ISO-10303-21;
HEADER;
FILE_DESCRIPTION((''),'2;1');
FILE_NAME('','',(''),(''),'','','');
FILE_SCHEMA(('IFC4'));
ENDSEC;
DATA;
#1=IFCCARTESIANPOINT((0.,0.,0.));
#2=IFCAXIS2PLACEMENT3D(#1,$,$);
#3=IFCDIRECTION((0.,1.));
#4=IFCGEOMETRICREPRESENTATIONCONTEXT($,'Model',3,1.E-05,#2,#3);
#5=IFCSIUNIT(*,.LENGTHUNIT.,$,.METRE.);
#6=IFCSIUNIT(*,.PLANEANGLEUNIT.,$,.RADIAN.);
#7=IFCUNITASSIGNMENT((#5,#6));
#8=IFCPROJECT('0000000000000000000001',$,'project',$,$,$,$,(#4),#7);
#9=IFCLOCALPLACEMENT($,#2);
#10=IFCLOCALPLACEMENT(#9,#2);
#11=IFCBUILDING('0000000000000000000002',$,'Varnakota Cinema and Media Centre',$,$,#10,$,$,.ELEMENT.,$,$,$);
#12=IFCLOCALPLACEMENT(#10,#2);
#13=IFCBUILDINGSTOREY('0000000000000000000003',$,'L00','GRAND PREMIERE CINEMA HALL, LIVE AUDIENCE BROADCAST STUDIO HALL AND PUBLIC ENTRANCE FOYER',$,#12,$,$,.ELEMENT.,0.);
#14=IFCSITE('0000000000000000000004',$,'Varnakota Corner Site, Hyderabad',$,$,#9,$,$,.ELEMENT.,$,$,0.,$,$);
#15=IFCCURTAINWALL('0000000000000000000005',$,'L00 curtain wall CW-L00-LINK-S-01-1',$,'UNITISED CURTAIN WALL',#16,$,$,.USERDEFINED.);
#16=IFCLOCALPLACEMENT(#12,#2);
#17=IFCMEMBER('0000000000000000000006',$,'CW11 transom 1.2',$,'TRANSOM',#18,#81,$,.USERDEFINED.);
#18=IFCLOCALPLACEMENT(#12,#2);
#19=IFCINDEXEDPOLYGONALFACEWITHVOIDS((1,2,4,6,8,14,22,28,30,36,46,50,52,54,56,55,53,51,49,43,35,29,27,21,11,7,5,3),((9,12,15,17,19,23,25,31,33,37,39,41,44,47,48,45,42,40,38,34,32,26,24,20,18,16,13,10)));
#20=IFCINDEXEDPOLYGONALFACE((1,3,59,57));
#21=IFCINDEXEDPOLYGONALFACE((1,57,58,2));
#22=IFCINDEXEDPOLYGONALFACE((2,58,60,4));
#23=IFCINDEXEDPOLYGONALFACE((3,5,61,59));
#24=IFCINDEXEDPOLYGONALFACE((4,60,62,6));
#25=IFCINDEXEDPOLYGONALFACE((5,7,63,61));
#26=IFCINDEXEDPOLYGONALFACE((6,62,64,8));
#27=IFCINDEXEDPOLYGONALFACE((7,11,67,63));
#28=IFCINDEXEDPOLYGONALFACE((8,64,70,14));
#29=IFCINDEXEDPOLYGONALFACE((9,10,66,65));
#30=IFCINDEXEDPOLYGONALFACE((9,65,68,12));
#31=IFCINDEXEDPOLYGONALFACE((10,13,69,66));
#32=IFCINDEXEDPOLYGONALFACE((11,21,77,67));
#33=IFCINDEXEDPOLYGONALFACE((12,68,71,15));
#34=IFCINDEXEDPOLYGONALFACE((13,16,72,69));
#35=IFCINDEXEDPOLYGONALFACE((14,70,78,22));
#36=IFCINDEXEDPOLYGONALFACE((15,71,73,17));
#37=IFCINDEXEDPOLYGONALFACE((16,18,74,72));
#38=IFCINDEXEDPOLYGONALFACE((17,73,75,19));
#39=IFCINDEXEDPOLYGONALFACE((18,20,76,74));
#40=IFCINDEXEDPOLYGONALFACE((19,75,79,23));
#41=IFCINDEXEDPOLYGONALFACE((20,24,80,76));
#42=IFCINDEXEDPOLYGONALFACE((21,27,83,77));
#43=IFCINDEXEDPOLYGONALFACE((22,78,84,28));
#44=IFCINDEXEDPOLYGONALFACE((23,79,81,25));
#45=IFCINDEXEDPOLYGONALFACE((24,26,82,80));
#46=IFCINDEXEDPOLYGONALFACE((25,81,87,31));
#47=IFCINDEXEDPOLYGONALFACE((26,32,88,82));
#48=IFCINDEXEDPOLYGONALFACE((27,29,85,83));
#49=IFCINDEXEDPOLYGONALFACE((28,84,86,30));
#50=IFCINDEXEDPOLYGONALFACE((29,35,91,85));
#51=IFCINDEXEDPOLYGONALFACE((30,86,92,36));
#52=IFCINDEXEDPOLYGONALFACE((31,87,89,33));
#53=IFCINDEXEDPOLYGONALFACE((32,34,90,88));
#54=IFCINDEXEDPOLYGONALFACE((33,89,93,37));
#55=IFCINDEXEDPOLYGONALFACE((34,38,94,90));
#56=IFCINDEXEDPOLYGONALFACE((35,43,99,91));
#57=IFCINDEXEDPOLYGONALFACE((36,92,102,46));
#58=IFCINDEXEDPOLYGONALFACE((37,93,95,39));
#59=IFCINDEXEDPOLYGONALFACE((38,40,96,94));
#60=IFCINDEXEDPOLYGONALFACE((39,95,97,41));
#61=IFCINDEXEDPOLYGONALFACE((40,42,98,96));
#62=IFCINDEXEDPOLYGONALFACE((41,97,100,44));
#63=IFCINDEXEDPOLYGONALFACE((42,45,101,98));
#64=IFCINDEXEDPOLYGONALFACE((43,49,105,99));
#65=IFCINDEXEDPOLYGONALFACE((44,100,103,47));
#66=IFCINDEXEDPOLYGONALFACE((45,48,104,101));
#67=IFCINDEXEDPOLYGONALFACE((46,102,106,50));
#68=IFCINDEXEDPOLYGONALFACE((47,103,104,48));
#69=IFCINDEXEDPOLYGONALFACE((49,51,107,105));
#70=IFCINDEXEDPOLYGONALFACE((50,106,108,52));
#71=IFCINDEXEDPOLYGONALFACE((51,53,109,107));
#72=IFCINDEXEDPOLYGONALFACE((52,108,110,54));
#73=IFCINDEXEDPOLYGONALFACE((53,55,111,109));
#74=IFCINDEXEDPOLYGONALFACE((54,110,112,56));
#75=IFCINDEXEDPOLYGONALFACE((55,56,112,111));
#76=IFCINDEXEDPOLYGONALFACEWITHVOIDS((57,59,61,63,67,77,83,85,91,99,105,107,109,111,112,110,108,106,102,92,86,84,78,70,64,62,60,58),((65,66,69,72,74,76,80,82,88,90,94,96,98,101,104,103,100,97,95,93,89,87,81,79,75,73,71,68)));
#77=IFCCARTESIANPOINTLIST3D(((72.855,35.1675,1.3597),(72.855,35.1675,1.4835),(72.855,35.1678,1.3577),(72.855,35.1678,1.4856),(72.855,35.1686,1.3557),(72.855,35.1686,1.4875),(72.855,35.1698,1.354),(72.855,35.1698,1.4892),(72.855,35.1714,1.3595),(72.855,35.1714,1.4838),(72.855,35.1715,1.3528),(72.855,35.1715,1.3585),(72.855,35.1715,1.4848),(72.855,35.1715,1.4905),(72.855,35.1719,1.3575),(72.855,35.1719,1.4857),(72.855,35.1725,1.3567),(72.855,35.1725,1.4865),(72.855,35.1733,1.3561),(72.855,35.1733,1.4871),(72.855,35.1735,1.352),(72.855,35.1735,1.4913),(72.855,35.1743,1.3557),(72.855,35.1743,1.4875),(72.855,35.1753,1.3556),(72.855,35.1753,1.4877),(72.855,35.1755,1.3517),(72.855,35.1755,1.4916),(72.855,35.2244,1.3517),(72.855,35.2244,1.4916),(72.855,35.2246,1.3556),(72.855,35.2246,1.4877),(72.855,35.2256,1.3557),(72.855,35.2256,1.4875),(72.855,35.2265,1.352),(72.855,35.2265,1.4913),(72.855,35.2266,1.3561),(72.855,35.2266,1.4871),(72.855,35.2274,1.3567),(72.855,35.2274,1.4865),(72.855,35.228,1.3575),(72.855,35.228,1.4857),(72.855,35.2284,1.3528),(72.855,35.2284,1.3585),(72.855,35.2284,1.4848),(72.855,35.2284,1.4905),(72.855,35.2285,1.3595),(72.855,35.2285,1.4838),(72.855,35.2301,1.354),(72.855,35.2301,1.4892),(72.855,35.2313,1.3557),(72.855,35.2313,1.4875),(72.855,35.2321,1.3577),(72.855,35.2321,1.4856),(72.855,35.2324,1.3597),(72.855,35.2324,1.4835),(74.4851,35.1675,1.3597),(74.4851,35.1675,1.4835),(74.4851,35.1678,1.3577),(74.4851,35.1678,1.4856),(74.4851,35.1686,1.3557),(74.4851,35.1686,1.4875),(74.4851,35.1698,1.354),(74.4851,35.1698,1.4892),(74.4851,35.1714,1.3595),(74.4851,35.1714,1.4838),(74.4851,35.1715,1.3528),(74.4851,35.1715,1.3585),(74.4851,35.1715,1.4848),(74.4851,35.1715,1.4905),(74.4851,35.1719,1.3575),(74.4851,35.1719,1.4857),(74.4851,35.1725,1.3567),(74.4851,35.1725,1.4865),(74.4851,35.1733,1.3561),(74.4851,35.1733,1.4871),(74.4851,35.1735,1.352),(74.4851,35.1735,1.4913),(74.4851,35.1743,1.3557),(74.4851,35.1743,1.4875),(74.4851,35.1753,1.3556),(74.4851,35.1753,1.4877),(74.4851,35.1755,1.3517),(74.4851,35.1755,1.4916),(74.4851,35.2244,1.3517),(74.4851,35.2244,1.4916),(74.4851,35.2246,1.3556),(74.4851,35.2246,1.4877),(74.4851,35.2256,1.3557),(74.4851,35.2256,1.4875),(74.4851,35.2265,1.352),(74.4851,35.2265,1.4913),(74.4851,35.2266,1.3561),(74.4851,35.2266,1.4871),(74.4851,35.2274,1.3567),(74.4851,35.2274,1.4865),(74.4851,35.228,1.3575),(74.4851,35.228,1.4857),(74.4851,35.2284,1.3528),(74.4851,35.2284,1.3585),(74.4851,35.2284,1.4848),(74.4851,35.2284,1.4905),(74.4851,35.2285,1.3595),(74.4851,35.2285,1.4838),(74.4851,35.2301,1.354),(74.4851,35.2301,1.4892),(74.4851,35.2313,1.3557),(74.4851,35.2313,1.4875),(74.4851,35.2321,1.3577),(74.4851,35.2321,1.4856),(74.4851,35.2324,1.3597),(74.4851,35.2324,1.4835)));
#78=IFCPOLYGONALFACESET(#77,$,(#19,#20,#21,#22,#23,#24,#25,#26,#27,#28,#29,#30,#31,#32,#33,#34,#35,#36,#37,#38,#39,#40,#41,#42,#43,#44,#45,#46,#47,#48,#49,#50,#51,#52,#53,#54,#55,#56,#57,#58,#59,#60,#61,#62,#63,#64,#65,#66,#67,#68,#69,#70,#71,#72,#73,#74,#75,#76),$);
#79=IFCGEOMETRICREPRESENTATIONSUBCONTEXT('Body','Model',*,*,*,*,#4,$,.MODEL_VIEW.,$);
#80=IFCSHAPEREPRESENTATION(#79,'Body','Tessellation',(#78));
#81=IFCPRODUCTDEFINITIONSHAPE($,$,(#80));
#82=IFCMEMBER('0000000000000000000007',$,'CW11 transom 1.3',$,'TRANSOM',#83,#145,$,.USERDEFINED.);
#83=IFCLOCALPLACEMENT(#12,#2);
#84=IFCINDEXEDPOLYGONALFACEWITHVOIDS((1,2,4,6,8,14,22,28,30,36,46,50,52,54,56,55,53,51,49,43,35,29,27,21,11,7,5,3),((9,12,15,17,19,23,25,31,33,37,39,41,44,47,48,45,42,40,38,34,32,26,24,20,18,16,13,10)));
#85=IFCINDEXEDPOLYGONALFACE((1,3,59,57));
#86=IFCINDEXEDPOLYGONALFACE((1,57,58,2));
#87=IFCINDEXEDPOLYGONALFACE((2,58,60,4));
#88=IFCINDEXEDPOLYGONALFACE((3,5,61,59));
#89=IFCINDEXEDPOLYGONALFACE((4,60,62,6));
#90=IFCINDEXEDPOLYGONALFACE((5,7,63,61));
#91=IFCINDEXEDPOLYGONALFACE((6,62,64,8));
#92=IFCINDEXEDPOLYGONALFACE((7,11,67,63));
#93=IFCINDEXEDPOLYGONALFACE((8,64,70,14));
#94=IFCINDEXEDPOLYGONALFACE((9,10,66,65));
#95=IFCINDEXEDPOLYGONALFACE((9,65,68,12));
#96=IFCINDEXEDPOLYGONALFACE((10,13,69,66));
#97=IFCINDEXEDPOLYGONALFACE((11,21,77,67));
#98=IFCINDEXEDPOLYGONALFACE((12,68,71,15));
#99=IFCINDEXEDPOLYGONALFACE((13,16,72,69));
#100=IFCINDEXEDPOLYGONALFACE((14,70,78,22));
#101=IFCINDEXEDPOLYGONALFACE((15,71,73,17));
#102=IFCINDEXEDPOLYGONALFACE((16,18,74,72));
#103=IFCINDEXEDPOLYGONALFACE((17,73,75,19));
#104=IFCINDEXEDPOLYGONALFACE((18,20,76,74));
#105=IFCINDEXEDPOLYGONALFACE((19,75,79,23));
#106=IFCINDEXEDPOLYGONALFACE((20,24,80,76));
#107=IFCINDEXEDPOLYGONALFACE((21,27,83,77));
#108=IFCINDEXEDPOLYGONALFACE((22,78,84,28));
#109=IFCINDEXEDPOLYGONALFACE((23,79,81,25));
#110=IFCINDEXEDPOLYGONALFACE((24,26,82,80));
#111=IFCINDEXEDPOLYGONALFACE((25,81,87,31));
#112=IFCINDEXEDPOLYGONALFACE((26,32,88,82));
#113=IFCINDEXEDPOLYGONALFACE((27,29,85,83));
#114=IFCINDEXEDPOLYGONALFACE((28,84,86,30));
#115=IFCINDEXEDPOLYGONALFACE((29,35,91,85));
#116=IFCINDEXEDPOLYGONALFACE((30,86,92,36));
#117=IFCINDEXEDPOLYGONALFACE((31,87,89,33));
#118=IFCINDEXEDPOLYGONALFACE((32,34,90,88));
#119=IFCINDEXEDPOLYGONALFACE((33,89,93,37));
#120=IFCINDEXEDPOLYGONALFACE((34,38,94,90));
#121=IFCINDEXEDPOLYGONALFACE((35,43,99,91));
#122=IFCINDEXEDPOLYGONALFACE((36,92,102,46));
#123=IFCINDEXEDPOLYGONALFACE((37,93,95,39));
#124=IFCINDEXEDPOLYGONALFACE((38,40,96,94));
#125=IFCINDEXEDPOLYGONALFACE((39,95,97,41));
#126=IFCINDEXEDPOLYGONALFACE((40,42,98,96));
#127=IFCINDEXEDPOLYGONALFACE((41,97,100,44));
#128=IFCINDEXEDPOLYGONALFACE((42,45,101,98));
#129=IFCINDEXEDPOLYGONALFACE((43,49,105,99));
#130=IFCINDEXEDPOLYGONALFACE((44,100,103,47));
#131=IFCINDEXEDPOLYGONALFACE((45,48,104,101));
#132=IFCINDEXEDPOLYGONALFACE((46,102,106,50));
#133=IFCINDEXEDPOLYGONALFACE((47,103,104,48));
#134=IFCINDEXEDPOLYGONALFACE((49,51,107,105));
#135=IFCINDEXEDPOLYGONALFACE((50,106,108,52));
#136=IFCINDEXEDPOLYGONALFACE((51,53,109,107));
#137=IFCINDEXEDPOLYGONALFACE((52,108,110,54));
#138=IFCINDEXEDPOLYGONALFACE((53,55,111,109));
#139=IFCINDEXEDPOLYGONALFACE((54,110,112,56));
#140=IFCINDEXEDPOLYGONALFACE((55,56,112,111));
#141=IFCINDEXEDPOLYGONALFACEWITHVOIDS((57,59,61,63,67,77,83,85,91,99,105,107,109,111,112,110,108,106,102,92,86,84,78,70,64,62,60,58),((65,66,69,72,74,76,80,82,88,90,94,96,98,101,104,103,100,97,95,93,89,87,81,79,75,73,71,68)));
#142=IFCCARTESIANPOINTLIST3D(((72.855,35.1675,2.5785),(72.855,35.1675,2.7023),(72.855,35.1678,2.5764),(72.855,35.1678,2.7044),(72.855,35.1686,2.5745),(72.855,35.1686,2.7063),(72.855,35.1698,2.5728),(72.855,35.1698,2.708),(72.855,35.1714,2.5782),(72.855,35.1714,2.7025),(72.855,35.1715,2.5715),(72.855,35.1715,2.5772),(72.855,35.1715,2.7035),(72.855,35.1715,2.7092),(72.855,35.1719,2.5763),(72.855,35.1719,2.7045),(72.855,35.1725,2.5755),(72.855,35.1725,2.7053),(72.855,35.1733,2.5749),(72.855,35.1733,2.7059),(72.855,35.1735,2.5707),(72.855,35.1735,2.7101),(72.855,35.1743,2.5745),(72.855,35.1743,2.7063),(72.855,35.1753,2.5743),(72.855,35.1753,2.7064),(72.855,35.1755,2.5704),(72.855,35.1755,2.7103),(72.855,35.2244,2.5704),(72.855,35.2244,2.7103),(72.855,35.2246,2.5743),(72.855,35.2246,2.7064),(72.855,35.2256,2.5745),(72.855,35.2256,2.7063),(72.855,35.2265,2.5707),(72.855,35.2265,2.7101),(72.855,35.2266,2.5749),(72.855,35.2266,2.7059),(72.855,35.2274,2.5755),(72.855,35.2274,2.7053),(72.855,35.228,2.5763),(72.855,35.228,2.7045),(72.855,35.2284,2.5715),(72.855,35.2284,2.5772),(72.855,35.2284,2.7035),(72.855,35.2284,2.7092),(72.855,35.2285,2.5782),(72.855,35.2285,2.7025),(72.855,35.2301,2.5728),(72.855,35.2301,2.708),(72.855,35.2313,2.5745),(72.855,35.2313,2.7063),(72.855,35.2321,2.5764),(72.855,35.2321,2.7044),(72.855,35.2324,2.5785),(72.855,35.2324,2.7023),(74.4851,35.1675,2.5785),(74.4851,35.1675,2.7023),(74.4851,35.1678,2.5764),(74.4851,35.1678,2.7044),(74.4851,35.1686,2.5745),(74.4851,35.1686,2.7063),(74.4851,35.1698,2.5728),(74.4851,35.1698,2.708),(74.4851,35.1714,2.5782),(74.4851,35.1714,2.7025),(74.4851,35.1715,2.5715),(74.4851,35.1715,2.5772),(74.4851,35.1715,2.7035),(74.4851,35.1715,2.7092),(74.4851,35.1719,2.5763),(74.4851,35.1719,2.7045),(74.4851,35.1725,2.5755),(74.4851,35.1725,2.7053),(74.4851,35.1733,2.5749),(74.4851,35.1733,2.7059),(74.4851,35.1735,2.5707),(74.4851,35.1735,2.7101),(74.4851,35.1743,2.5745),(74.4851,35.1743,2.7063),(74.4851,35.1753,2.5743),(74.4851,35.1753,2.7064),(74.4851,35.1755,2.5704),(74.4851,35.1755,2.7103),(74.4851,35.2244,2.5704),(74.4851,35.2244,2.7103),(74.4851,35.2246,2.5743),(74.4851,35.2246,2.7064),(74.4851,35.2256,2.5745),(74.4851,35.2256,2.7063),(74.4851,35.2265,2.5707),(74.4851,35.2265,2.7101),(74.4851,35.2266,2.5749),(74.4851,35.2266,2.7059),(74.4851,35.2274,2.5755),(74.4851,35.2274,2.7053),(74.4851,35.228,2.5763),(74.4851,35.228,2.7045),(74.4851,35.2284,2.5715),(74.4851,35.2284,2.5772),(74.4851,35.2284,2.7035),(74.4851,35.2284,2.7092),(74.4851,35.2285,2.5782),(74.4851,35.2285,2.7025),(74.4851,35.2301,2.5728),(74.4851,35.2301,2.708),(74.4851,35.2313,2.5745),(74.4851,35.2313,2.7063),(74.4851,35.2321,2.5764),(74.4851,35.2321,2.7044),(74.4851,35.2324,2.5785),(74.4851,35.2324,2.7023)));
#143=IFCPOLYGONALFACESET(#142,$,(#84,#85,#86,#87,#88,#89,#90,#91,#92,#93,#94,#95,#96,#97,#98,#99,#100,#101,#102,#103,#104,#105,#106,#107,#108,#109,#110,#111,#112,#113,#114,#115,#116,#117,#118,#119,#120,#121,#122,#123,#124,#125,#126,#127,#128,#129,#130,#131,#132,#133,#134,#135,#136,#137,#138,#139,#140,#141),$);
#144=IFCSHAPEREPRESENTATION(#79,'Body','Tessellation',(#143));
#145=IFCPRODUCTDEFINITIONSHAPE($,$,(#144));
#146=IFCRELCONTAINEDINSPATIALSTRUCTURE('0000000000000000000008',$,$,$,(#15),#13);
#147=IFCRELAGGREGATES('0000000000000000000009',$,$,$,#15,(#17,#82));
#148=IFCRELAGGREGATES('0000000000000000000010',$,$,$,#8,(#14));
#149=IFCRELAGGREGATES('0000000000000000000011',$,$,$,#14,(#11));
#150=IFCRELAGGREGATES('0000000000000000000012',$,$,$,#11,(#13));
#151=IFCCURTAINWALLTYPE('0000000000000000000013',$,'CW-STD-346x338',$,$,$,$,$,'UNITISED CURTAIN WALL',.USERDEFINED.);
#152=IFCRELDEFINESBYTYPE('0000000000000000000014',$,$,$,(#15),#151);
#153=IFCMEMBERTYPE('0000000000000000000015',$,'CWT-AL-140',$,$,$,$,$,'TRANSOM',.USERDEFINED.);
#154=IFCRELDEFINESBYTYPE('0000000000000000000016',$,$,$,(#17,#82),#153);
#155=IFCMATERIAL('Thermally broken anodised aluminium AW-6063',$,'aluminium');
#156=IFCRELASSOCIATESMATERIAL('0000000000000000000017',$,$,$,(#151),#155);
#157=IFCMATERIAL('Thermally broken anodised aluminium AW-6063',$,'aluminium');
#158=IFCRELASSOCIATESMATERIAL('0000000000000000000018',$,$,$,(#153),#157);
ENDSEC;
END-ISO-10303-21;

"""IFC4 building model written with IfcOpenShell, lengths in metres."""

from ifc_helpers import new_model, si_unit, direction, frame, origin, origin_2d, place, context, subcontext, project, spatial, hollow_rectangle, extrude, material, material_profile, profile_set, type_object, element, aggregate, save


model = new_model("IFC4")

# Units and contexts
model_context = context("Model", 3, precision=1e-05, world=origin(), true_north=direction((0.0, 1.0)))
body_context = subcontext(model_context, "Body", "Model", "MODEL_VIEW")
ifc_project = project(units=[si_unit("LENGTHUNIT", "METRE"), si_unit("PLANEANGLEUNIT", "RADIAN")], contexts=[model_context])

# Site, building, storey
site_placement = place(None, origin())
site = spatial("IfcSite", under=ifc_project, at=site_placement, Name="Varnakota Corner Site, Hyderabad", CompositionType="ELEMENT", RefElevation=0.0)
building_placement = place(site_placement, origin())
building = spatial("IfcBuilding", under=site, at=building_placement, Name="Varnakota Cinema and Media Centre", CompositionType="ELEMENT")
storey_placement = place(building_placement, origin())
storey = spatial("IfcBuildingStorey", under=building, at=storey_placement, Name="L00", Description="GRAND PREMIERE CINEMA HALL, LIVE AUDIENCE BROADCAST STUDIO HALL AND PUBLIC ENTRANCE FOYER", CompositionType="ELEMENT", Elevation=0.0)

# Curtain wall
ifc_material_1 = material(Name="Thermally broken anodised aluminium AW-6063", Category="aluminium")
curtain_wall_type_1 = type_object("IfcCurtainWallType", Name="CW-STD-346x338", ElementType="UNITISED CURTAIN WALL", PredefinedType="USERDEFINED", material=ifc_material_1)
curtain_wall_1_placement = place(storey_placement, origin())
curtain_wall_1 = element("IfcCurtainWall", 1, at=curtain_wall_1_placement, inside=storey, type_object=curtain_wall_type_1, Name="L00 curtain wall CW-L00-LINK-S-01-1", ObjectType="UNITISED CURTAIN WALL", PredefinedType="USERDEFINED")

# Members
ifc_material_2 = material(Name="Thermally broken anodised aluminium AW-6063", Category="aluminium")
ifc_material_profile_1 = material_profile(ifc_material_2, hollow_rectangle(XDim=0.0649, YDim=0.1399, WallThickness=0.0039, InnerFilletRadius=0.0039, OuterFilletRadius=0.0081, at=origin_2d()), Name="AL-TRANSOM 140x65x4")
ifc_profile_set_1 = profile_set([ifc_material_profile_1], Name="Thermally broken anodised aluminium AW-6063")
member_type_1 = type_object("IfcMemberType", Name="CWT-AL-140", ElementType="TRANSOM", PredefinedType="USERDEFINED", material=ifc_profile_set_1)
member_1_placement = place(storey_placement, frame((74.4851, 35.2, 1.4216), z_axis=(-1.0, 0.0, 0.0), x_axis=(0.0, -1.0, 0.0)))
member_1 = element("IfcMember", 2, at=member_1_placement, type_object=member_type_1, Name="CW11 transom 1.2", ObjectType="TRANSOM", PredefinedType="USERDEFINED", context=body_context, shape_type="SweptSolid", body=[
    extrude(hollow_rectangle(XDim=0.0649, YDim=0.1399, WallThickness=0.0039, InnerFilletRadius=0.0039, OuterFilletRadius=0.0081, at=origin_2d()), origin(), (0.0, 0.0, 1.0), 1.6301),
])
member_2_placement = place(storey_placement, frame((74.4851, 35.2, 2.6404), z_axis=(-1.0, 0.0, 0.0), x_axis=(0.0, -1.0, 0.0)))
member_2 = element("IfcMember", 3, at=member_2_placement, type_object=member_type_1, Name="CW11 transom 1.3", ObjectType="TRANSOM", PredefinedType="USERDEFINED", context=body_context, shape_type="SweptSolid", body=[
    extrude(hollow_rectangle(XDim=0.0649, YDim=0.1399, WallThickness=0.0039, InnerFilletRadius=0.0039, OuterFilletRadius=0.0081, at=origin_2d()), origin(), (0.0, 0.0, 1.0), 1.6301),
])

aggregate(curtain_wall_1, [member_1, member_2])

save(model, "model.ifc")
